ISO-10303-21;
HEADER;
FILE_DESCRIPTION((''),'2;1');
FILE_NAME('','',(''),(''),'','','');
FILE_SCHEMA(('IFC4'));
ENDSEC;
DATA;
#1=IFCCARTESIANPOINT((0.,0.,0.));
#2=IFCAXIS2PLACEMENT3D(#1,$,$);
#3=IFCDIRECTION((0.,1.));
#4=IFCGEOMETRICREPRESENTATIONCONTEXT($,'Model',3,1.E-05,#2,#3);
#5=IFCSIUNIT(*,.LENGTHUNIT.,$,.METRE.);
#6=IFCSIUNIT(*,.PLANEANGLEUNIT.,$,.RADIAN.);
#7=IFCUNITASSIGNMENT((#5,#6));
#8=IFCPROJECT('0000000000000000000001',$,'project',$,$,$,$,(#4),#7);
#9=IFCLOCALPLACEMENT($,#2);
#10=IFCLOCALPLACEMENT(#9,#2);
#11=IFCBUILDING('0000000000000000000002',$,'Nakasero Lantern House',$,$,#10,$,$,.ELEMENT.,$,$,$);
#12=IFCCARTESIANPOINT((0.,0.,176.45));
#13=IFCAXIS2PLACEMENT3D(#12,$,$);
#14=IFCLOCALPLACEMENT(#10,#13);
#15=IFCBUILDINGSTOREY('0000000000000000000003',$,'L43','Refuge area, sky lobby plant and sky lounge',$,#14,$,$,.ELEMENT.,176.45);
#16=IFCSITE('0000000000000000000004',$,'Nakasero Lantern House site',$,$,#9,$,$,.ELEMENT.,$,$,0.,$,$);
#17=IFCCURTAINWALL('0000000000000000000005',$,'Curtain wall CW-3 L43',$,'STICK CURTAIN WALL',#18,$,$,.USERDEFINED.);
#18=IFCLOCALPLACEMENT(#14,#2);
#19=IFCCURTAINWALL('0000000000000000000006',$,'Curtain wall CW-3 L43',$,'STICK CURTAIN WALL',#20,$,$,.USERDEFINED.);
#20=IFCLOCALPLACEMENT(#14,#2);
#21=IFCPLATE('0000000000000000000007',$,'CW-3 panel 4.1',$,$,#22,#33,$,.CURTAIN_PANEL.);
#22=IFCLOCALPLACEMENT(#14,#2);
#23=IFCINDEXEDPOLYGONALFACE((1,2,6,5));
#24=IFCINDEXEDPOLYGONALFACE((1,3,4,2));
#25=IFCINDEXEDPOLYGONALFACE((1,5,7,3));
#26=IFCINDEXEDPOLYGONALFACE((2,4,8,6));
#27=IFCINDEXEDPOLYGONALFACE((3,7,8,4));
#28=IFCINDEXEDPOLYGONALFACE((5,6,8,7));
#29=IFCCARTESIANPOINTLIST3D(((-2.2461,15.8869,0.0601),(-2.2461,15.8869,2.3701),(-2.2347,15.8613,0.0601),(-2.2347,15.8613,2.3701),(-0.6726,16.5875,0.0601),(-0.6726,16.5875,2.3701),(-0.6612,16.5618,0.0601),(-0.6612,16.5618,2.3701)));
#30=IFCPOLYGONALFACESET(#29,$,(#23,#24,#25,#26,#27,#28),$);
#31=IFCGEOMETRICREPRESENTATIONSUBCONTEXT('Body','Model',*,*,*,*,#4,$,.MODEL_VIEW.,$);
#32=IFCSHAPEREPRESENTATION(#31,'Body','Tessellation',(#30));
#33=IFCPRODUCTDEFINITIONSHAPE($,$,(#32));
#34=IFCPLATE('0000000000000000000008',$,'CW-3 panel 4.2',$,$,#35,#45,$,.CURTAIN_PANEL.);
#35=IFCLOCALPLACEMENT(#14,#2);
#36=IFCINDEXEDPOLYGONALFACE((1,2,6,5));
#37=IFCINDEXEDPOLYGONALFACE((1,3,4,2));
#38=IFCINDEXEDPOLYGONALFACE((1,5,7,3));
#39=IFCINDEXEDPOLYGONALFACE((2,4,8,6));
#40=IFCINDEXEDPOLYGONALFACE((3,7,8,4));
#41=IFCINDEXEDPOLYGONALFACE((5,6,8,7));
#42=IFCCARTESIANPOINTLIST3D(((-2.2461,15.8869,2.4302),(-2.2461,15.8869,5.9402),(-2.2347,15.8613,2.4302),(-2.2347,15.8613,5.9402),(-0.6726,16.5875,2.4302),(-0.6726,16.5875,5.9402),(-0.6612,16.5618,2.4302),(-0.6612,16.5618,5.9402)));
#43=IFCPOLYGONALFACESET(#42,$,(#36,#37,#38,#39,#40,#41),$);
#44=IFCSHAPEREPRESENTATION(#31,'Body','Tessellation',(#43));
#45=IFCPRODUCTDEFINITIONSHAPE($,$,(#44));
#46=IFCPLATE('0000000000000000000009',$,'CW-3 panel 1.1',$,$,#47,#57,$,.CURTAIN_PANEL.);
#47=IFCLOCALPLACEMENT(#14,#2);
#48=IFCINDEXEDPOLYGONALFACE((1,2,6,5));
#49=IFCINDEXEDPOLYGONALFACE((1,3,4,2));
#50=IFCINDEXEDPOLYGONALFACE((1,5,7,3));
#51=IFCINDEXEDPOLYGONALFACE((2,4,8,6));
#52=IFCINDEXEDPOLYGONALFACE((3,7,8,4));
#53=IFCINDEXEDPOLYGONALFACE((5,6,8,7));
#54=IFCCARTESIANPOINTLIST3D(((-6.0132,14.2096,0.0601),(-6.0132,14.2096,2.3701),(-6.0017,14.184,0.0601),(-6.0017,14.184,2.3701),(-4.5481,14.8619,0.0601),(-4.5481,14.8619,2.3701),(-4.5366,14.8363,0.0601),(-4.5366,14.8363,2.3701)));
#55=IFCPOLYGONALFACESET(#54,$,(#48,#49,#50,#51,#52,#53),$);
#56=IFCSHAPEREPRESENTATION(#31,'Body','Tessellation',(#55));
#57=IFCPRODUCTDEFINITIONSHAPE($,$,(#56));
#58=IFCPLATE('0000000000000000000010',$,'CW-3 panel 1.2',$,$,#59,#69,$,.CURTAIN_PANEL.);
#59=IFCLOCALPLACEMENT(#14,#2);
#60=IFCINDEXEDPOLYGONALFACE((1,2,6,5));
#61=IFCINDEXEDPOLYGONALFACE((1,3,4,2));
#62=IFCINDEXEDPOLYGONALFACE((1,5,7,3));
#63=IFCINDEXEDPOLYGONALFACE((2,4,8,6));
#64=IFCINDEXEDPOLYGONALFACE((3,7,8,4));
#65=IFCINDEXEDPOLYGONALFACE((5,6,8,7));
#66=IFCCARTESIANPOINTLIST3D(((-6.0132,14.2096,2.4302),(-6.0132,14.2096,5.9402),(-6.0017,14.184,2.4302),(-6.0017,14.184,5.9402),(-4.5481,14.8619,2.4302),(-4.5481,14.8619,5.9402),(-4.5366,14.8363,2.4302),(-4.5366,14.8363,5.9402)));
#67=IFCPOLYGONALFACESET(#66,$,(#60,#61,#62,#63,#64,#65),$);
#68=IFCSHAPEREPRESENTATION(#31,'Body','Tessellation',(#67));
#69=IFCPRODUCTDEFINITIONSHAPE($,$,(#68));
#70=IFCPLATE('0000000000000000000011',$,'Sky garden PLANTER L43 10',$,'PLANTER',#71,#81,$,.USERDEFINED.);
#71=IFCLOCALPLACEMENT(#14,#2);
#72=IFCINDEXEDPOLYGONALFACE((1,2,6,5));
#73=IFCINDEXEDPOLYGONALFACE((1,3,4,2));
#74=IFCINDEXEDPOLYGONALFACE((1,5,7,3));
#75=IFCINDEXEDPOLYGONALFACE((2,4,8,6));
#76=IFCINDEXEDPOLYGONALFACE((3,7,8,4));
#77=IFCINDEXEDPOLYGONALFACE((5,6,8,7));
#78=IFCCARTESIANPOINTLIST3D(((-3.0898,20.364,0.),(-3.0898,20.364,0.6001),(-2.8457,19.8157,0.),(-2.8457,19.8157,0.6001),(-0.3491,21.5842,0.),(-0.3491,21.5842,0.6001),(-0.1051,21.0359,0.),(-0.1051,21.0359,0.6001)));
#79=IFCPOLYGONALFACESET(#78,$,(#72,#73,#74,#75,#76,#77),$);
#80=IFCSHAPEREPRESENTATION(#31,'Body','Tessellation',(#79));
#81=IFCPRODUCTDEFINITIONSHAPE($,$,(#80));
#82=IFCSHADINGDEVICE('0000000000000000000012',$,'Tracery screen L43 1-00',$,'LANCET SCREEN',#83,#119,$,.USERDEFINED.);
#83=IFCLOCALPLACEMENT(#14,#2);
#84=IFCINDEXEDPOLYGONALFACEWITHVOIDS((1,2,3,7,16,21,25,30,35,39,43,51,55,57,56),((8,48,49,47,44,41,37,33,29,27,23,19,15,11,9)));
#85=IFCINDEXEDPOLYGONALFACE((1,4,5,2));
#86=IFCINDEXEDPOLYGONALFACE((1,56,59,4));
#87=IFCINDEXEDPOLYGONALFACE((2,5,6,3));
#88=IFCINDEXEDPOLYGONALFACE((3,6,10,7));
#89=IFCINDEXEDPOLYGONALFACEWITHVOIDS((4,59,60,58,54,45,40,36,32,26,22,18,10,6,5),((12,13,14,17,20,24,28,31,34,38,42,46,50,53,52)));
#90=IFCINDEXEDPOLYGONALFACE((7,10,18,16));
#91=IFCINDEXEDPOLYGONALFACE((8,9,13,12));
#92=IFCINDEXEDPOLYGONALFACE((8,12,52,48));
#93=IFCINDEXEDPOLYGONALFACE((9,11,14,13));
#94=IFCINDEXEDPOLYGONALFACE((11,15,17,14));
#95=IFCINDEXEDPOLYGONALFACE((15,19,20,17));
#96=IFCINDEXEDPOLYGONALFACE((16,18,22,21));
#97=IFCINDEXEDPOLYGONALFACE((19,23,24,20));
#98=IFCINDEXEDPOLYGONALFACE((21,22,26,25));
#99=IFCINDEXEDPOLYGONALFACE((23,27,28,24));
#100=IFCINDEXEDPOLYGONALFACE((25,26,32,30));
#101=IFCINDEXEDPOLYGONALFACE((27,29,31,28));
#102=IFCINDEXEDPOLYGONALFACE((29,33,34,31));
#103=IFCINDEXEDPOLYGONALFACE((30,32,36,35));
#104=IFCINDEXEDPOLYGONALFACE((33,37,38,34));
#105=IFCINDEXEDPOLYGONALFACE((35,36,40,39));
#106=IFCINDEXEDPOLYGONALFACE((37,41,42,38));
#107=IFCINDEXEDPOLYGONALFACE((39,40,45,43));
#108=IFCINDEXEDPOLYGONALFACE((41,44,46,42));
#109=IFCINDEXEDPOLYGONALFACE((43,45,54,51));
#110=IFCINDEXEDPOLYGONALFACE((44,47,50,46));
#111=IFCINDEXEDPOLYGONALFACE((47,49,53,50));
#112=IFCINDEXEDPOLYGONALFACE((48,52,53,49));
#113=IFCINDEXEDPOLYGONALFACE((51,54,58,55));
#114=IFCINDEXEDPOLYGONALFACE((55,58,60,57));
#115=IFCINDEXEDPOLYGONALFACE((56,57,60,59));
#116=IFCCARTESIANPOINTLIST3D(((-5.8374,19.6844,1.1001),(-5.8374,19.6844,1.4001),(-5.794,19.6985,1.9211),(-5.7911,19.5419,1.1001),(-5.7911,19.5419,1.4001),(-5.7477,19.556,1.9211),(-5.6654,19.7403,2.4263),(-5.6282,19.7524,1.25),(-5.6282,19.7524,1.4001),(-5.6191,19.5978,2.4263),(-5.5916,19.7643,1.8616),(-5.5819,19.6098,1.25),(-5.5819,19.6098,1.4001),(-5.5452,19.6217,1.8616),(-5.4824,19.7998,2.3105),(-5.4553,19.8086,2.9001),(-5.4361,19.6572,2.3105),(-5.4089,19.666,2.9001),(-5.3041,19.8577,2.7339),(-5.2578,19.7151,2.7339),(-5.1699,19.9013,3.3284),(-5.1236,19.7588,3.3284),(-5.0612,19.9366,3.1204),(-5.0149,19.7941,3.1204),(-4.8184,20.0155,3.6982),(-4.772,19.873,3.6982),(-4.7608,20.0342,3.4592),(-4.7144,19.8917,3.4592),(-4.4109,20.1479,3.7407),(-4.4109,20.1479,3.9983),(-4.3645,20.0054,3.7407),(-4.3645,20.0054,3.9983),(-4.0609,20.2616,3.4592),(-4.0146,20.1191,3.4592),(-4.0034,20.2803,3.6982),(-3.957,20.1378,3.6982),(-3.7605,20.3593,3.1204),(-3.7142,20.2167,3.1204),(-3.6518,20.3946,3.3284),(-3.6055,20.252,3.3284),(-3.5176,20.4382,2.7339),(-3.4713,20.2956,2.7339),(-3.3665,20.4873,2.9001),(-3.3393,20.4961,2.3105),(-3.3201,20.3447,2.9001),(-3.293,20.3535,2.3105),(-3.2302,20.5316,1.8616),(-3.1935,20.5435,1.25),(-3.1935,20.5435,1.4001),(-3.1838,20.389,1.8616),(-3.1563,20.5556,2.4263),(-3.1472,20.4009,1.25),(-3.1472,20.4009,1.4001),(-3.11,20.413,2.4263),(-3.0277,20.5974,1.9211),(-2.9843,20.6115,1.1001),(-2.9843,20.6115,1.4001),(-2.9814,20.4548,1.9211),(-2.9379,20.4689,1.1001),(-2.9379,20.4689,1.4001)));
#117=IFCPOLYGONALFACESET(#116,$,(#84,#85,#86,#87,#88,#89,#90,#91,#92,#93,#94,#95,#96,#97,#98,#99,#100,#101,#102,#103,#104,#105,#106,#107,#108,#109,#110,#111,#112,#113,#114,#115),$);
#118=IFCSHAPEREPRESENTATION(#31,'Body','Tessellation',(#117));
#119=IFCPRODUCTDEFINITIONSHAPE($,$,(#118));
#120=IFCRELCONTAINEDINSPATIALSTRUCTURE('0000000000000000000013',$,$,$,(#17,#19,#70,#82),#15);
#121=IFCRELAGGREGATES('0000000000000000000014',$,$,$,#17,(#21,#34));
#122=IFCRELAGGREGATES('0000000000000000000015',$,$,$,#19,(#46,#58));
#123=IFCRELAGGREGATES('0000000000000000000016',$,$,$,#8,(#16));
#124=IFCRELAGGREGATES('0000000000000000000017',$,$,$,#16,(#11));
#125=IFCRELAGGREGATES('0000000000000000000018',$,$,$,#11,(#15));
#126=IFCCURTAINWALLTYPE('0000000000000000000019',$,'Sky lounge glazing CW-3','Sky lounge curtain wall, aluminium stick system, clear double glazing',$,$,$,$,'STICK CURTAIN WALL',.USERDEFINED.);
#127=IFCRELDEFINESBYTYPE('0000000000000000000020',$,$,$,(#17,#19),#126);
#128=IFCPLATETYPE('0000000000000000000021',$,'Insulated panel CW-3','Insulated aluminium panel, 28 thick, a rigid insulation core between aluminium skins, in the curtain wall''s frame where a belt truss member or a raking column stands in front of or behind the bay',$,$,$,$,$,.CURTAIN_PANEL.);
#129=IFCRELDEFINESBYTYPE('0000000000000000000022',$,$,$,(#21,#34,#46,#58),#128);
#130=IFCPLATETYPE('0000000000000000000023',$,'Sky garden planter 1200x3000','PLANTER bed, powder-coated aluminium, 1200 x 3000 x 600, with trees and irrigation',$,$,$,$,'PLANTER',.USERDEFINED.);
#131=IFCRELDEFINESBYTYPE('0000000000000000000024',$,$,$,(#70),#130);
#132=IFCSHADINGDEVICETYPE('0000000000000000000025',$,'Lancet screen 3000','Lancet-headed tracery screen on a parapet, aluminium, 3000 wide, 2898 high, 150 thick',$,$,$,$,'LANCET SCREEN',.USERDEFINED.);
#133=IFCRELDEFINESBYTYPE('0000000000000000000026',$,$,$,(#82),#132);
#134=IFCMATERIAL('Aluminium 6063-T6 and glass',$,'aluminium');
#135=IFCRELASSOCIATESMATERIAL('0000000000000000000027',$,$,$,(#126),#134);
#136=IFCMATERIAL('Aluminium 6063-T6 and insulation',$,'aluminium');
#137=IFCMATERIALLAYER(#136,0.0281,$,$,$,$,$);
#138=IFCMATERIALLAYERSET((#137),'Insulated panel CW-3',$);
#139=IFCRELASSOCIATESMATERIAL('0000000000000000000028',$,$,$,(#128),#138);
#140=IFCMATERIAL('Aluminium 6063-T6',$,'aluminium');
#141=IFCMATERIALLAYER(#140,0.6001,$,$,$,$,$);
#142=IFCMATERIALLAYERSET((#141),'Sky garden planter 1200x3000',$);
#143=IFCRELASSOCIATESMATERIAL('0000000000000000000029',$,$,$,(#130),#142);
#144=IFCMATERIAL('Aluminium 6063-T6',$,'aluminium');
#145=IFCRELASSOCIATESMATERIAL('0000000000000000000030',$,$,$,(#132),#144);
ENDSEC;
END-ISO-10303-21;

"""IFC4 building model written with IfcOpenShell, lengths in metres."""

from ifc_helpers import new_model, si_unit, direction, frame, origin, origin_2d, place, context, subcontext, project, spatial, polyline, rectangle, outline, extrude, material, layer, layer_set, type_object, element, aggregate, save


model = new_model("IFC4")

# Units and contexts
model_context = context("Model", 3, precision=1e-05, world=origin(), true_north=direction((0.0, 1.0)))
body_context = subcontext(model_context, "Body", "Model", "MODEL_VIEW")
ifc_project = project(units=[si_unit("LENGTHUNIT", "METRE"), si_unit("PLANEANGLEUNIT", "RADIAN")], contexts=[model_context])

# Site, building, storey
site_placement = place(None, origin())
site = spatial("IfcSite", under=ifc_project, at=site_placement, Name="Nakasero Lantern House site", CompositionType="ELEMENT", RefElevation=0.0)
building_placement = place(site_placement, origin())
building = spatial("IfcBuilding", under=site, at=building_placement, Name="Nakasero Lantern House", CompositionType="ELEMENT")
storey_placement = place(building_placement, frame((0.0, 0.0, 176.45)))
storey = spatial("IfcBuildingStorey", under=building, at=storey_placement, Name="L43", Description="Refuge area, sky lobby plant and sky lounge", CompositionType="ELEMENT", Elevation=176.45)

# Curtain wall
ifc_material_1 = material(Name="Aluminium 6063-T6 and glass", Category="aluminium")
curtain_wall_type = type_object("IfcCurtainWallType", Name="Sky lounge glazing CW-3", Description="Sky lounge curtain wall, aluminium stick system, clear double glazing", ElementType="STICK CURTAIN WALL", PredefinedType="USERDEFINED", material=ifc_material_1)
curtain_wall_1_placement = place(storey_placement, origin())
curtain_wall_1 = element("IfcCurtainWall", 1, at=curtain_wall_1_placement, inside=storey, type_object=curtain_wall_type, Name="Curtain wall CW-3 L43", ObjectType="STICK CURTAIN WALL", PredefinedType="USERDEFINED")

# Curtain wall
curtain_wall_2_placement = place(storey_placement, origin())
curtain_wall_2 = element("IfcCurtainWall", 2, at=curtain_wall_2_placement, inside=storey, type_object=curtain_wall_type, Name="Curtain wall CW-3 L43", ObjectType="STICK CURTAIN WALL", PredefinedType="USERDEFINED")

# Plates
ifc_material_2 = material(Name="Aluminium 6063-T6 and insulation", Category="aluminium")
ifc_layer_1 = layer(ifc_material_2, 0.0281)
ifc_layer_set_1 = layer_set([ifc_layer_1], Name="Insulated panel CW-3")
plate_type_1 = type_object("IfcPlateType", Name="Insulated panel CW-3", Description="Insulated aluminium panel, 28 thick, a rigid insulation core between aluminium skins, in the curtain wall's frame where a belt truss member or a raking column stands in front of or behind the bay", PredefinedType="CURTAIN_PANEL", material=ifc_layer_set_1)
plate_1_placement = place(storey_placement, frame((-1.4536, 16.2244, 0.0601), z_axis=(0.0, 0.0, 1.0), x_axis=(-0.913545, -0.406737, 0.0)))
plate_1 = element("IfcPlate", 3, at=plate_1_placement, type_object=plate_type_1, Name="CW-3 panel 4.1", PredefinedType="CURTAIN_PANEL", context=body_context, shape_type="SweptSolid", body=[
    extrude(rectangle(XDim=1.7224, YDim=0.0281, at=origin_2d()), origin(), (0.0, 0.0, 1.0), 2.3101),
])
plate_2_placement = place(storey_placement, frame((-1.4536, 16.2244, 2.4302), z_axis=(0.0, 0.0, 1.0), x_axis=(-0.913545, -0.406737, 0.0)))
plate_2 = element("IfcPlate", 4, at=plate_2_placement, type_object=plate_type_1, Name="CW-3 panel 4.2", PredefinedType="CURTAIN_PANEL", context=body_context, shape_type="SweptSolid", body=[
    extrude(rectangle(XDim=1.7224, YDim=0.0281, at=origin_2d()), origin(), (0.0, 0.0, 1.0), 3.51),
])
aggregate(curtain_wall_1, [plate_1, plate_2])
plate_3_placement = place(storey_placement, frame((-5.2749, 14.5229, 0.0601), z_axis=(0.0, 0.0, 1.0), x_axis=(-0.913545, -0.406737, 0.0)))
plate_3 = element("IfcPlate", 5, at=plate_3_placement, type_object=plate_type_1, Name="CW-3 panel 1.1", PredefinedType="CURTAIN_PANEL", context=body_context, shape_type="SweptSolid", body=[
    extrude(rectangle(XDim=1.6038, YDim=0.0281, at=origin_2d()), origin(), (0.0, 0.0, 1.0), 2.3101),
])
plate_4_placement = place(storey_placement, frame((-5.2749, 14.5229, 2.4302), z_axis=(0.0, 0.0, 1.0), x_axis=(-0.913545, -0.406737, 0.0)))
plate_4 = element("IfcPlate", 6, at=plate_4_placement, type_object=plate_type_1, Name="CW-3 panel 1.2", PredefinedType="CURTAIN_PANEL", context=body_context, shape_type="SweptSolid", body=[
    extrude(rectangle(XDim=1.6038, YDim=0.0281, at=origin_2d()), origin(), (0.0, 0.0, 1.0), 3.51),
])
aggregate(curtain_wall_2, [plate_3, plate_4])
ifc_material_3 = material(Name="Aluminium 6063-T6", Category="aluminium")
ifc_layer_2 = layer(ifc_material_3, 0.6001)
ifc_layer_set_2 = layer_set([ifc_layer_2], Name="Sky garden planter 1200x3000")
plate_type_2 = type_object("IfcPlateType", Name="Sky garden planter 1200x3000", Description="PLANTER bed, powder-coated aluminium, 1200 x 3000 x 600, with trees and irrigation", ElementType="PLANTER", PredefinedType="USERDEFINED", material=ifc_layer_set_2)
plate_5_placement = place(storey_placement, frame((-1.5974, 20.7, 0.0), z_axis=(0.0, 0.0, 1.0), x_axis=(-0.406737, 0.913545, 0.0)))
element("IfcPlate", 7, at=plate_5_placement, inside=storey, type_object=plate_type_2, Name="Sky garden PLANTER L43 10", ObjectType="PLANTER", PredefinedType="USERDEFINED", context=body_context, shape_type="SweptSolid", body=[
    extrude(rectangle(XDim=0.6001, YDim=3.0, at=origin_2d()), origin(), (0.0, 0.0, 1.0), 0.6001),
])

# Shading device
ifc_material_4 = material(Name="Aluminium 6063-T6", Category="aluminium")
shading_device_type = type_object("IfcShadingDeviceType", Name="Lancet screen 3000", Description="Lancet-headed tracery screen on a parapet, aluminium, 3000 wide, 2898 high, 150 thick", ElementType="LANCET SCREEN", PredefinedType="USERDEFINED", material=ifc_material_4)
shading_device_placement = place(storey_placement, frame((-4.3877, 20.0767, 1.1001), z_axis=(0.0, 0.0, 1.0), x_axis=(-0.951057, -0.309017, 0.0)))
element("IfcShadingDevice", 8, at=shading_device_placement, inside=storey, type_object=shading_device_type, Name="Tracery screen L43 1-00", ObjectType="LANCET SCREEN", PredefinedType="USERDEFINED", context=body_context, shape_type="SweptSolid", body=[
    extrude(outline(polyline([(-1.5, 0.0), (1.5, 0.0), (1.5, 0.3), (1.4543, 0.821), (1.3191, 1.3262), (1.0981, 1.8), (0.7981, 2.2283), (0.4285, 2.5981), (0.0, 2.8982), (-0.4285, 2.5981), (-0.7981, 2.2283), (-1.0981, 1.8), (-1.3191, 1.3262), (-1.4543, 0.821), (-1.5, 0.3), (-1.5, 0.0)]), holes=[polyline([(-1.28, 0.1499), (1.28, 0.1499), (1.28, 0.3), (1.2415, 0.7615), (1.1267, 1.2104), (0.9392, 1.6338), (0.6838, 2.0203), (0.3679, 2.3591), (0.0, 2.6406), (-0.3679, 2.3591), (-0.6838, 2.0203), (-0.9392, 1.6338), (-1.1267, 1.2104), (-1.2415, 0.7615), (-1.28, 0.3), (-1.28, 0.1499)])]), frame((0.0, 0.075, 0.0), z_axis=(0.0, -1.0, 0.0), x_axis=(1.0, 0.0, 0.0)), (0.0, 0.0, 1.0), 0.1499),
])

save(model, "model.ifc")
